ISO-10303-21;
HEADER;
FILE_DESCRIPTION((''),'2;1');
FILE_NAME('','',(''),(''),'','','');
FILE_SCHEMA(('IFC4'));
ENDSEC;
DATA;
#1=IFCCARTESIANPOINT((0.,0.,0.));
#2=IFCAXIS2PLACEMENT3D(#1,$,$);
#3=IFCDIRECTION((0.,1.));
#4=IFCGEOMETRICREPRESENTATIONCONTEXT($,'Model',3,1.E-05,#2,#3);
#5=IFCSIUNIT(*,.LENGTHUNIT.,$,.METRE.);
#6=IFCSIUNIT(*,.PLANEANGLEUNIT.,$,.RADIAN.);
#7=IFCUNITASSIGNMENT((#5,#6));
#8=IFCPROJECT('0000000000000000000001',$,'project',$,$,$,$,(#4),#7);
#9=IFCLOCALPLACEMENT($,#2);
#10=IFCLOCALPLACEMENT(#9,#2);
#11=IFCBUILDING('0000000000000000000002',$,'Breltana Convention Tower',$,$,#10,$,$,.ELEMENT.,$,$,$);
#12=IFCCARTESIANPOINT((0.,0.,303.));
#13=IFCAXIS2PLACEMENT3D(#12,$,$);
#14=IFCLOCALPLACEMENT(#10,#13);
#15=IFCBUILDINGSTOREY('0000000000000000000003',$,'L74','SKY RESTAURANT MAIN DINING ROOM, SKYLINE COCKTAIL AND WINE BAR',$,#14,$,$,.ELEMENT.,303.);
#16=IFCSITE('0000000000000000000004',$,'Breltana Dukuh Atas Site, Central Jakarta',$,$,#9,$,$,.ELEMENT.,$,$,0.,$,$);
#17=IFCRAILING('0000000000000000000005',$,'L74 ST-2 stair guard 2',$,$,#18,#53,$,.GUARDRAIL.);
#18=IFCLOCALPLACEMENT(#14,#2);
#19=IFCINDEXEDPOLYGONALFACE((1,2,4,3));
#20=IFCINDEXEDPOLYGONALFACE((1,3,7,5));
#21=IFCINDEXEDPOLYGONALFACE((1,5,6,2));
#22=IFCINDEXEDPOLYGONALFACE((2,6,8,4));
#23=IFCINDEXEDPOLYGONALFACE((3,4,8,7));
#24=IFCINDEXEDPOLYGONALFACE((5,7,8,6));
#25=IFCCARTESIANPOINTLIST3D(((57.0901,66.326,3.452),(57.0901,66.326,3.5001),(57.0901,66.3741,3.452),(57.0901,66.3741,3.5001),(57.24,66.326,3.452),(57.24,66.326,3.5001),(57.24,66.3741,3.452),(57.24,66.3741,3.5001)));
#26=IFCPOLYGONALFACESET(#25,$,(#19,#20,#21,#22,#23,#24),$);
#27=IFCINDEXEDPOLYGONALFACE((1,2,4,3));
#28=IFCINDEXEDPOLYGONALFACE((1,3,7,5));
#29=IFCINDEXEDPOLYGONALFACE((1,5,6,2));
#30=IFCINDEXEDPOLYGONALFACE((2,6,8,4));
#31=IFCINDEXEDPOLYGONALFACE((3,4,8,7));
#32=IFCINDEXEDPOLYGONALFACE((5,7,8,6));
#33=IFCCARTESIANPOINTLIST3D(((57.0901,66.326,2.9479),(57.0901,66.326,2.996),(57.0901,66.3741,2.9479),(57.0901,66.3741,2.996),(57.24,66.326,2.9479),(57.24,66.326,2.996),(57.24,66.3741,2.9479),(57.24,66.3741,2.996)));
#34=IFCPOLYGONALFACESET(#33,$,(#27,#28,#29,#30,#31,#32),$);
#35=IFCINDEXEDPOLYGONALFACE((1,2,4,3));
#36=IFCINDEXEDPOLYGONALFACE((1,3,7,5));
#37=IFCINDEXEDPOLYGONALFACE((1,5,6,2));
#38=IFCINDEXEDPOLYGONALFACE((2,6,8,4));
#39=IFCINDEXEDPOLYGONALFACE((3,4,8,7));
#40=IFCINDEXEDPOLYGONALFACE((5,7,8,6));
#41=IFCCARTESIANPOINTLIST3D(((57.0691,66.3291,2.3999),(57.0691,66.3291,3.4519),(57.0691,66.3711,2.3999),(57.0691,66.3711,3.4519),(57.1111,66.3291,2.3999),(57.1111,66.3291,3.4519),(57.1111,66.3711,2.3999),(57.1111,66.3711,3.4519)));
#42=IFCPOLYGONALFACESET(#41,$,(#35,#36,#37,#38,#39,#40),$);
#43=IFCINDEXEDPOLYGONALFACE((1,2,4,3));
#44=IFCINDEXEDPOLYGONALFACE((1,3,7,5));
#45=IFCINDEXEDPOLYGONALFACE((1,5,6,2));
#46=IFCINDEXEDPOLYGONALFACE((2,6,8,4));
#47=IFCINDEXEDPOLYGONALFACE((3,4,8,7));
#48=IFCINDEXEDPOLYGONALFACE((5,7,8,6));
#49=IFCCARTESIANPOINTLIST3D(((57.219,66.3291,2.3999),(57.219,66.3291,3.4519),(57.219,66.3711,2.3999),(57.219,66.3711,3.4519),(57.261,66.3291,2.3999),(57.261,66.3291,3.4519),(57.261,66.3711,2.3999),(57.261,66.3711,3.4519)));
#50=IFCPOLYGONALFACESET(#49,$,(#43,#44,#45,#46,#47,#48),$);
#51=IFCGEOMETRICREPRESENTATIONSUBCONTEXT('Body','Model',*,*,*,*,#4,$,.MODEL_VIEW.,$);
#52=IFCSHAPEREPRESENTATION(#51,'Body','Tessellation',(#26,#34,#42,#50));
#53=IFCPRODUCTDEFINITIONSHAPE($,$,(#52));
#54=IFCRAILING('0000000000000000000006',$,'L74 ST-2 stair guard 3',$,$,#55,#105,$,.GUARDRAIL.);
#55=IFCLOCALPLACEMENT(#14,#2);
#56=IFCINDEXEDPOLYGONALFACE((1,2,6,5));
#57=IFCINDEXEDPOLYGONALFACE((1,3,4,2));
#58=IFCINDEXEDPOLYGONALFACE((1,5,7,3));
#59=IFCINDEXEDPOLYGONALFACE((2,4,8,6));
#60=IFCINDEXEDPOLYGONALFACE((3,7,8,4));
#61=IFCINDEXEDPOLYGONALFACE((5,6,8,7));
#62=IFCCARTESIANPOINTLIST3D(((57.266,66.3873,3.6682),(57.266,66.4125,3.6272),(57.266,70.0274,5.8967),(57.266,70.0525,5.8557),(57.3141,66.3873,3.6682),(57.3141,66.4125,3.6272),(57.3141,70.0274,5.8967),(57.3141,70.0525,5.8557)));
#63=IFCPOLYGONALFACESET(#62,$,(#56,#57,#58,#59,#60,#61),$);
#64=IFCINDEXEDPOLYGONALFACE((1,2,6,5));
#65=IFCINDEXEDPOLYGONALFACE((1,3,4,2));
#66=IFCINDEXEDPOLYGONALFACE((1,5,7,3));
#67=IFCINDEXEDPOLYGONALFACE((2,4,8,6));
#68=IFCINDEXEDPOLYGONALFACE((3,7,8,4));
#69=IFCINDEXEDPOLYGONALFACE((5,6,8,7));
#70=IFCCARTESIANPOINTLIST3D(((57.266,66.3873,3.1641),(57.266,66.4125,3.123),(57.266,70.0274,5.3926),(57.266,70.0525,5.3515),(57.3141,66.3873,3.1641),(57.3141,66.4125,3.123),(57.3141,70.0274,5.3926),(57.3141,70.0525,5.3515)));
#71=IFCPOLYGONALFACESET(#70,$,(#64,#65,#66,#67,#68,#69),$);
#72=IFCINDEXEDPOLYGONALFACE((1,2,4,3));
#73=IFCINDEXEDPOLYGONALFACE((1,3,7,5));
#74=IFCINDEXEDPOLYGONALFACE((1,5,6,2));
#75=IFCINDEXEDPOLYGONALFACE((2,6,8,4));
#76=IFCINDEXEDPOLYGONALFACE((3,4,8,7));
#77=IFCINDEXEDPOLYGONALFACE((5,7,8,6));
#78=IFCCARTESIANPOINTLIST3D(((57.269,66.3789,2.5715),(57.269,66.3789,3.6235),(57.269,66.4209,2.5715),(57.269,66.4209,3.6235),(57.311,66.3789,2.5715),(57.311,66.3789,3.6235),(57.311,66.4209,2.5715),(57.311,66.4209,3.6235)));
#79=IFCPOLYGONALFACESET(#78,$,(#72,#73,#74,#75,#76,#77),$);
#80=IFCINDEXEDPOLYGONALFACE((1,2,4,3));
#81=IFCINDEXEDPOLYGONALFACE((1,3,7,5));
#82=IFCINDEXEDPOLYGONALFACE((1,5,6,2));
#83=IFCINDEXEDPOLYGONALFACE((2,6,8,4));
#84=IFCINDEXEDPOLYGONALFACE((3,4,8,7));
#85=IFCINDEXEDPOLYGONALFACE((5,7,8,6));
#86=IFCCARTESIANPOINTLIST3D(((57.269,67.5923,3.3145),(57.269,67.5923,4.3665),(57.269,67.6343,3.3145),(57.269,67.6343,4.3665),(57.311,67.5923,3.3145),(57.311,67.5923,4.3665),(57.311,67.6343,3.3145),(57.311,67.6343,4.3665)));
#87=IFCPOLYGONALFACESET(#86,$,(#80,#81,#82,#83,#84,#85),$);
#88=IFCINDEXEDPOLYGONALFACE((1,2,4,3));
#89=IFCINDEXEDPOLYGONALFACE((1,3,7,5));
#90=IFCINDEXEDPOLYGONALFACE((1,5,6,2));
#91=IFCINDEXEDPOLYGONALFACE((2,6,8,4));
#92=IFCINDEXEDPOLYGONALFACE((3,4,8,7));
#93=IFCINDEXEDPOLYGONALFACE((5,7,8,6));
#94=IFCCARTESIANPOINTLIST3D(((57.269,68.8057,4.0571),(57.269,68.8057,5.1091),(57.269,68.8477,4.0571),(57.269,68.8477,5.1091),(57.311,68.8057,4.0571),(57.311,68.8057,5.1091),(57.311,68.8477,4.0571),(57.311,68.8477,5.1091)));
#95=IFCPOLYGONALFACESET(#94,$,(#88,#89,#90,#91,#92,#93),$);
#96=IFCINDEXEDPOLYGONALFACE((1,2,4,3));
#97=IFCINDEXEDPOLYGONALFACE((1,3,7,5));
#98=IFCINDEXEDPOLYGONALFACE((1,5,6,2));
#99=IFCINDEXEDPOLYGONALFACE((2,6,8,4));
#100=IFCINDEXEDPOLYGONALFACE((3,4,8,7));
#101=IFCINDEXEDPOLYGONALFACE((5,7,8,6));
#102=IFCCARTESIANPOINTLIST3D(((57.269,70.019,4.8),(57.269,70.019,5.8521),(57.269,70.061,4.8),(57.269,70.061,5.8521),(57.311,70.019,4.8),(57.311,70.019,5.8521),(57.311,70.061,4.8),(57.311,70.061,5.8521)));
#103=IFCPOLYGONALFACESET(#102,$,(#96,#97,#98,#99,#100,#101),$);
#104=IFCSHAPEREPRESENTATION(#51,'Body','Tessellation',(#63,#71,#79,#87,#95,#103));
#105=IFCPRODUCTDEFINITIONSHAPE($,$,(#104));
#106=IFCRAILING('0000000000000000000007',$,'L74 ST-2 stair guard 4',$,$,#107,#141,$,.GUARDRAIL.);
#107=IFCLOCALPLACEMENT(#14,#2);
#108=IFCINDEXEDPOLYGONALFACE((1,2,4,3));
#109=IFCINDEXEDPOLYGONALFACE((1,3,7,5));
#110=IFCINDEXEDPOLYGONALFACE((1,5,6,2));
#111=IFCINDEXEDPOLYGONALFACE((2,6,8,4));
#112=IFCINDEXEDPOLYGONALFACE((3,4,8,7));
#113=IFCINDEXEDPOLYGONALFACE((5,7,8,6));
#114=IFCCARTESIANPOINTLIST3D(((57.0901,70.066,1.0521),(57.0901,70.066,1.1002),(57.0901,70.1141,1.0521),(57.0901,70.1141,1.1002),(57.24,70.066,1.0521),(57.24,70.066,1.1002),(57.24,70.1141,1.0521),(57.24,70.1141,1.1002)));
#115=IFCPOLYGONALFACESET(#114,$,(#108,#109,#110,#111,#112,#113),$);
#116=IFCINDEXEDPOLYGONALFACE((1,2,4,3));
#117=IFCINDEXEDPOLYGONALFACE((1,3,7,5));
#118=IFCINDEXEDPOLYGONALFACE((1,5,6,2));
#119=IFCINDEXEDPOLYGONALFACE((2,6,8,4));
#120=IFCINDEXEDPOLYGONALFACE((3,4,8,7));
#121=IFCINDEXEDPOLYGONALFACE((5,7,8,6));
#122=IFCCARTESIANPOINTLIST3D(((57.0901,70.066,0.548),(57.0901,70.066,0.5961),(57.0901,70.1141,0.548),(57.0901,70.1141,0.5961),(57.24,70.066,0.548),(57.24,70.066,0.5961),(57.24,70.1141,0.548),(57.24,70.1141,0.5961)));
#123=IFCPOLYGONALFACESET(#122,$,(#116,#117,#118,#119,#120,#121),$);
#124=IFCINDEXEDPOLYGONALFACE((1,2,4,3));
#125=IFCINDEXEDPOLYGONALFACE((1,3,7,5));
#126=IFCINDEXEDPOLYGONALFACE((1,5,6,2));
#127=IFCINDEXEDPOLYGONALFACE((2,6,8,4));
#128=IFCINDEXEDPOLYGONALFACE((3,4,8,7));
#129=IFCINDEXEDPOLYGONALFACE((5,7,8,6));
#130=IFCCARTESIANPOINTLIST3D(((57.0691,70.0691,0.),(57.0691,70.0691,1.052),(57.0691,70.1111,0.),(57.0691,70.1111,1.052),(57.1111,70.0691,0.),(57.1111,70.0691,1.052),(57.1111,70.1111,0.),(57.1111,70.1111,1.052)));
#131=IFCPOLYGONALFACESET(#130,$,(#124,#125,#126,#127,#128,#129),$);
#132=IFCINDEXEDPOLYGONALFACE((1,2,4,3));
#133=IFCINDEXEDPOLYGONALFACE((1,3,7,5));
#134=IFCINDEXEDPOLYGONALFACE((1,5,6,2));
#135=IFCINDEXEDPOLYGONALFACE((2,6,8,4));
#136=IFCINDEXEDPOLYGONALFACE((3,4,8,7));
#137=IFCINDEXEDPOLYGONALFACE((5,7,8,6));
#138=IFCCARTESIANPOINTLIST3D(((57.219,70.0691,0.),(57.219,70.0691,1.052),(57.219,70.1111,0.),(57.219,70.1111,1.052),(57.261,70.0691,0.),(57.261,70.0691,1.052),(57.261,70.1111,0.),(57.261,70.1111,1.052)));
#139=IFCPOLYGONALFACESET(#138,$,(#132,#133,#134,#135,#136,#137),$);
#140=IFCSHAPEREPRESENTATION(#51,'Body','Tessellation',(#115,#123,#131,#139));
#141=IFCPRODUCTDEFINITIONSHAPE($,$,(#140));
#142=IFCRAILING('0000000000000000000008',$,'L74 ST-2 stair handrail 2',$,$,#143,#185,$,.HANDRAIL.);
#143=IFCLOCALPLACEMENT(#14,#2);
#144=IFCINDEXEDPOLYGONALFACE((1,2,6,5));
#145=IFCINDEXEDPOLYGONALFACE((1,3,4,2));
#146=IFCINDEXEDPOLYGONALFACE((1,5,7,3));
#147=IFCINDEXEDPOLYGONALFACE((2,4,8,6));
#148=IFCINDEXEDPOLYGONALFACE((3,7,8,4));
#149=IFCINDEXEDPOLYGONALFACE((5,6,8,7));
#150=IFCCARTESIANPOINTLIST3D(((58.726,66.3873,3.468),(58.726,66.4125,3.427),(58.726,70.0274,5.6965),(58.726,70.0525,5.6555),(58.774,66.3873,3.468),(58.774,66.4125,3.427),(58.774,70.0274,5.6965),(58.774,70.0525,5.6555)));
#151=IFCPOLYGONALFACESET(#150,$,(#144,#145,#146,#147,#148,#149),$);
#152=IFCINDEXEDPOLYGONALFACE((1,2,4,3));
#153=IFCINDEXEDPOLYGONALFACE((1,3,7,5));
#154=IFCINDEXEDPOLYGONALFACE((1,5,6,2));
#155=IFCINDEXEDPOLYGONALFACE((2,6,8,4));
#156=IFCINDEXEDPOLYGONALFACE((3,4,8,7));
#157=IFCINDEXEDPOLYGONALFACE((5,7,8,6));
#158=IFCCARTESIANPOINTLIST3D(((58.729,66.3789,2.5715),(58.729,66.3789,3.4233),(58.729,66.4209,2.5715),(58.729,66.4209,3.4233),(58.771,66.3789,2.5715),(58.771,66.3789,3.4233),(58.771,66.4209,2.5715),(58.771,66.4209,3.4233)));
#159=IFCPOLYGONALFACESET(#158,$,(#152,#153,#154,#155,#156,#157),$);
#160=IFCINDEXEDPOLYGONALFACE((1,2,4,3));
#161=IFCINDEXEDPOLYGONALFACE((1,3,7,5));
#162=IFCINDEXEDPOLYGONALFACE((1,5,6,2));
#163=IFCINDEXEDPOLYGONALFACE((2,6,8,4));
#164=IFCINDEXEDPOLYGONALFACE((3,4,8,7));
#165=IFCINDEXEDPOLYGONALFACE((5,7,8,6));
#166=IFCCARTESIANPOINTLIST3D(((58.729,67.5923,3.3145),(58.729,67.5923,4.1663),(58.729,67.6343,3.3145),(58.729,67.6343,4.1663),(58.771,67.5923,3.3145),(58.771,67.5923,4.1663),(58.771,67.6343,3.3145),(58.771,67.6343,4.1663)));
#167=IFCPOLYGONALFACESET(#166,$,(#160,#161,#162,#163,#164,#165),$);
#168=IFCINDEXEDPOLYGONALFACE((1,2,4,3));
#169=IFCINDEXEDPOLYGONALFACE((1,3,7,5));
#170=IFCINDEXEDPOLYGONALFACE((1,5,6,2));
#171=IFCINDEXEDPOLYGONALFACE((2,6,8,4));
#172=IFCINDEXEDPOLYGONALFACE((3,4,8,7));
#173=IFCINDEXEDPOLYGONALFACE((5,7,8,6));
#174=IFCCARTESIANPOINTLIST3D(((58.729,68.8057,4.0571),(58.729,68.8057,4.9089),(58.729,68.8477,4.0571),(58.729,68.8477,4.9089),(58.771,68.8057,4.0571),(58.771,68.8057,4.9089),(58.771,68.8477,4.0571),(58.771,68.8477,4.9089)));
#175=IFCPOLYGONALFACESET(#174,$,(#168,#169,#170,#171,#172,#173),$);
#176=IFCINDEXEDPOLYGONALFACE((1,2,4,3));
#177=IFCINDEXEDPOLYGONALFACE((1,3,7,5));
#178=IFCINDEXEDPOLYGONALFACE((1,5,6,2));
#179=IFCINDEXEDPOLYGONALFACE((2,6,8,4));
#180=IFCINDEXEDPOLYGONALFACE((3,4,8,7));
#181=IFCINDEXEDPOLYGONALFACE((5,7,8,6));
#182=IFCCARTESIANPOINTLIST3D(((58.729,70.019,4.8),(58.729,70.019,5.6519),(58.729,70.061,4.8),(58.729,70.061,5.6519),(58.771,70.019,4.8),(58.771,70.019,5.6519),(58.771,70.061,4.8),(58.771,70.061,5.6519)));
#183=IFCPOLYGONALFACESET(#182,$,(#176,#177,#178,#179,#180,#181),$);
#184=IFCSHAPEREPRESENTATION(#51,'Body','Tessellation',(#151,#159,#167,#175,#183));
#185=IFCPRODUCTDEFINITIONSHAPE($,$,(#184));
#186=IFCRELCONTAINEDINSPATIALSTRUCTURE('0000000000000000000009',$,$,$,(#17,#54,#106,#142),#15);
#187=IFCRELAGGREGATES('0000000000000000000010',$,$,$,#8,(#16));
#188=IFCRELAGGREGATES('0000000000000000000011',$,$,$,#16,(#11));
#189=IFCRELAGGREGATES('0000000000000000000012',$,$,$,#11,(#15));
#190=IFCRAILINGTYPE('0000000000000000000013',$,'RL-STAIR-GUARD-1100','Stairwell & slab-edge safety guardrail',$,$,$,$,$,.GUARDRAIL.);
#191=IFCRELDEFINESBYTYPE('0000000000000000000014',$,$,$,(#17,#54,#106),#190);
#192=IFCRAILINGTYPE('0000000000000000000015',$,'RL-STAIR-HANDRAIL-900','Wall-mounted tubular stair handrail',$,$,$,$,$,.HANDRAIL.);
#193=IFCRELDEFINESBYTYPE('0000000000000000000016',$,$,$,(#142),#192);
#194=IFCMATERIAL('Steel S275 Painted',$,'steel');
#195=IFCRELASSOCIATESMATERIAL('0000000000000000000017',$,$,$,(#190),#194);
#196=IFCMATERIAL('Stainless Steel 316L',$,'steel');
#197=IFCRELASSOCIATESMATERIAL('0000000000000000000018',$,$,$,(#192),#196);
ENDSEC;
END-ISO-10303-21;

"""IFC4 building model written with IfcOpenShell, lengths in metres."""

from ifc_helpers import new_model, si_unit, direction, frame, origin, origin_2d, place, context, subcontext, project, spatial, rectangle, extrude, material, type_object, element, save


model = new_model("IFC4")

# Units and contexts
model_context = context("Model", 3, precision=1e-05, world=origin(), true_north=direction((0.0, 1.0)))
body_context = subcontext(model_context, "Body", "Model", "MODEL_VIEW")
ifc_project = project(units=[si_unit("LENGTHUNIT", "METRE"), si_unit("PLANEANGLEUNIT", "RADIAN")], contexts=[model_context])

# Site, building, storey
site_placement = place(None, origin())
site = spatial("IfcSite", under=ifc_project, at=site_placement, Name="Breltana Dukuh Atas Site, Central Jakarta", CompositionType="ELEMENT", RefElevation=0.0)
building_placement = place(site_placement, origin())
building = spatial("IfcBuilding", under=site, at=building_placement, Name="Breltana Convention Tower", CompositionType="ELEMENT")
storey_placement = place(building_placement, frame((0.0, 0.0, 303.0)))
storey = spatial("IfcBuildingStorey", under=building, at=storey_placement, Name="L74", Description="SKY RESTAURANT MAIN DINING ROOM, SKYLINE COCKTAIL AND WINE BAR", CompositionType="ELEMENT", Elevation=303.0)

# Railings
ifc_material_1 = material(Name="Steel S275 Painted", Category="steel")
railing_type_1 = type_object("IfcRailingType", Name="RL-STAIR-GUARD-1100", Description="Stairwell & slab-edge safety guardrail", PredefinedType="GUARDRAIL", material=ifc_material_1)
railing_1_placement = place(storey_placement, frame((57.0901, 66.3501, 2.3999)))
element("IfcRailing", 1, at=railing_1_placement, inside=storey, type_object=railing_type_1, Name="L74 ST-2 stair guard 2", PredefinedType="GUARDRAIL", context=body_context, shape_type="SweptSolid", body=[
    extrude(rectangle(XDim=0.0481, YDim=0.0481, at=origin_2d()), frame((0.0, 0.0, 1.0762), z_axis=(1.0, 0.0, 0.0), x_axis=(0.0, 1.0, 0.0)), (0.0, 0.0, 1.0), 0.1499),
    extrude(rectangle(XDim=0.0481, YDim=0.0481, at=origin_2d()), frame((0.0, 0.0, 0.572), z_axis=(1.0, 0.0, 0.0), x_axis=(0.0, 1.0, 0.0)), (0.0, 0.0, 1.0), 0.1499),
    extrude(rectangle(XDim=0.042, YDim=0.042, at=origin_2d()), origin(), (0.0, 0.0, 1.0), 1.052),
    extrude(rectangle(XDim=0.042, YDim=0.042, at=origin_2d()), frame((0.1499, 0.0, 0.0)), (0.0, 0.0, 1.0), 1.052),
])
railing_2_placement = place(storey_placement, frame((57.29, 66.3999, 2.5715)))
element("IfcRailing", 2, at=railing_2_placement, inside=storey, type_object=railing_type_1, Name="L74 ST-2 stair guard 3", PredefinedType="GUARDRAIL", context=body_context, shape_type="SweptSolid", body=[
    extrude(rectangle(XDim=0.0481, YDim=0.0481, at=origin_2d()), frame((0.0, 0.0, 1.0762), z_axis=(0.0, 0.852866, 0.52213), x_axis=(-1.0, 0.0, 0.0)), (0.0, 0.0, 1.0), 4.2681),
    extrude(rectangle(XDim=0.0481, YDim=0.0481, at=origin_2d()), frame((0.0, 0.0, 0.572), z_axis=(0.0, 0.852866, 0.52213), x_axis=(-1.0, 0.0, 0.0)), (0.0, 0.0, 1.0), 4.2681),
    extrude(rectangle(XDim=0.042, YDim=0.042, at=origin_2d()), origin(), (0.0, 0.0, 1.0), 1.052),
    extrude(rectangle(XDim=0.042, YDim=0.042, at=origin_2d()), frame((0.0, 1.2134, 0.7429)), (0.0, 0.0, 1.0), 1.052),
    extrude(rectangle(XDim=0.042, YDim=0.042, at=origin_2d()), frame((0.0, 2.4268, 1.4856)), (0.0, 0.0, 1.0), 1.052),
    extrude(rectangle(XDim=0.042, YDim=0.042, at=origin_2d()), frame((0.0, 3.6401, 2.2285)), (0.0, 0.0, 1.0), 1.052),
])
railing_3_placement = place(storey_placement, frame((57.0901, 70.0901, 0.0)))
element("IfcRailing", 3, at=railing_3_placement, inside=storey, type_object=railing_type_1, Name="L74 ST-2 stair guard 4", PredefinedType="GUARDRAIL", context=body_context, shape_type="SweptSolid", body=[
    extrude(rectangle(XDim=0.0481, YDim=0.0481, at=origin_2d()), frame((0.0, 0.0, 1.0762), z_axis=(1.0, 0.0, 0.0), x_axis=(0.0, 1.0, 0.0)), (0.0, 0.0, 1.0), 0.1499),
    extrude(rectangle(XDim=0.0481, YDim=0.0481, at=origin_2d()), frame((0.0, 0.0, 0.572), z_axis=(1.0, 0.0, 0.0), x_axis=(0.0, 1.0, 0.0)), (0.0, 0.0, 1.0), 0.1499),
    extrude(rectangle(XDim=0.042, YDim=0.042, at=origin_2d()), origin(), (0.0, 0.0, 1.0), 1.052),
    extrude(rectangle(XDim=0.042, YDim=0.042, at=origin_2d()), frame((0.1499, 0.0, 0.0)), (0.0, 0.0, 1.0), 1.052),
])
ifc_material_2 = material(Name="Stainless Steel 316L", Category="steel")
railing_type_2 = type_object("IfcRailingType", Name="RL-STAIR-HANDRAIL-900", Description="Wall-mounted tubular stair handrail", PredefinedType="HANDRAIL", material=ifc_material_2)
railing_4_placement = place(storey_placement, frame((58.75, 66.3999, 2.5715)))
element("IfcRailing", 4, at=railing_4_placement, inside=storey, type_object=railing_type_2, Name="L74 ST-2 stair handrail 2", PredefinedType="HANDRAIL", context=body_context, shape_type="SweptSolid", body=[
    extrude(rectangle(XDim=0.0481, YDim=0.0481, at=origin_2d()), frame((0.0, 0.0, 0.876), z_axis=(0.0, 0.852866, 0.52213), x_axis=(-1.0, 0.0, 0.0)), (0.0, 0.0, 1.0), 4.2681),
    extrude(rectangle(XDim=0.042, YDim=0.042, at=origin_2d()), origin(), (0.0, 0.0, 1.0), 0.8518),
    extrude(rectangle(XDim=0.042, YDim=0.042, at=origin_2d()), frame((0.0, 1.2134, 0.7429)), (0.0, 0.0, 1.0), 0.8518),
    extrude(rectangle(XDim=0.042, YDim=0.042, at=origin_2d()), frame((0.0, 2.4268, 1.4856)), (0.0, 0.0, 1.0), 0.8518),
    extrude(rectangle(XDim=0.042, YDim=0.042, at=origin_2d()), frame((0.0, 3.6401, 2.2285)), (0.0, 0.0, 1.0), 0.8518),
])

save(model, "model.ifc")
